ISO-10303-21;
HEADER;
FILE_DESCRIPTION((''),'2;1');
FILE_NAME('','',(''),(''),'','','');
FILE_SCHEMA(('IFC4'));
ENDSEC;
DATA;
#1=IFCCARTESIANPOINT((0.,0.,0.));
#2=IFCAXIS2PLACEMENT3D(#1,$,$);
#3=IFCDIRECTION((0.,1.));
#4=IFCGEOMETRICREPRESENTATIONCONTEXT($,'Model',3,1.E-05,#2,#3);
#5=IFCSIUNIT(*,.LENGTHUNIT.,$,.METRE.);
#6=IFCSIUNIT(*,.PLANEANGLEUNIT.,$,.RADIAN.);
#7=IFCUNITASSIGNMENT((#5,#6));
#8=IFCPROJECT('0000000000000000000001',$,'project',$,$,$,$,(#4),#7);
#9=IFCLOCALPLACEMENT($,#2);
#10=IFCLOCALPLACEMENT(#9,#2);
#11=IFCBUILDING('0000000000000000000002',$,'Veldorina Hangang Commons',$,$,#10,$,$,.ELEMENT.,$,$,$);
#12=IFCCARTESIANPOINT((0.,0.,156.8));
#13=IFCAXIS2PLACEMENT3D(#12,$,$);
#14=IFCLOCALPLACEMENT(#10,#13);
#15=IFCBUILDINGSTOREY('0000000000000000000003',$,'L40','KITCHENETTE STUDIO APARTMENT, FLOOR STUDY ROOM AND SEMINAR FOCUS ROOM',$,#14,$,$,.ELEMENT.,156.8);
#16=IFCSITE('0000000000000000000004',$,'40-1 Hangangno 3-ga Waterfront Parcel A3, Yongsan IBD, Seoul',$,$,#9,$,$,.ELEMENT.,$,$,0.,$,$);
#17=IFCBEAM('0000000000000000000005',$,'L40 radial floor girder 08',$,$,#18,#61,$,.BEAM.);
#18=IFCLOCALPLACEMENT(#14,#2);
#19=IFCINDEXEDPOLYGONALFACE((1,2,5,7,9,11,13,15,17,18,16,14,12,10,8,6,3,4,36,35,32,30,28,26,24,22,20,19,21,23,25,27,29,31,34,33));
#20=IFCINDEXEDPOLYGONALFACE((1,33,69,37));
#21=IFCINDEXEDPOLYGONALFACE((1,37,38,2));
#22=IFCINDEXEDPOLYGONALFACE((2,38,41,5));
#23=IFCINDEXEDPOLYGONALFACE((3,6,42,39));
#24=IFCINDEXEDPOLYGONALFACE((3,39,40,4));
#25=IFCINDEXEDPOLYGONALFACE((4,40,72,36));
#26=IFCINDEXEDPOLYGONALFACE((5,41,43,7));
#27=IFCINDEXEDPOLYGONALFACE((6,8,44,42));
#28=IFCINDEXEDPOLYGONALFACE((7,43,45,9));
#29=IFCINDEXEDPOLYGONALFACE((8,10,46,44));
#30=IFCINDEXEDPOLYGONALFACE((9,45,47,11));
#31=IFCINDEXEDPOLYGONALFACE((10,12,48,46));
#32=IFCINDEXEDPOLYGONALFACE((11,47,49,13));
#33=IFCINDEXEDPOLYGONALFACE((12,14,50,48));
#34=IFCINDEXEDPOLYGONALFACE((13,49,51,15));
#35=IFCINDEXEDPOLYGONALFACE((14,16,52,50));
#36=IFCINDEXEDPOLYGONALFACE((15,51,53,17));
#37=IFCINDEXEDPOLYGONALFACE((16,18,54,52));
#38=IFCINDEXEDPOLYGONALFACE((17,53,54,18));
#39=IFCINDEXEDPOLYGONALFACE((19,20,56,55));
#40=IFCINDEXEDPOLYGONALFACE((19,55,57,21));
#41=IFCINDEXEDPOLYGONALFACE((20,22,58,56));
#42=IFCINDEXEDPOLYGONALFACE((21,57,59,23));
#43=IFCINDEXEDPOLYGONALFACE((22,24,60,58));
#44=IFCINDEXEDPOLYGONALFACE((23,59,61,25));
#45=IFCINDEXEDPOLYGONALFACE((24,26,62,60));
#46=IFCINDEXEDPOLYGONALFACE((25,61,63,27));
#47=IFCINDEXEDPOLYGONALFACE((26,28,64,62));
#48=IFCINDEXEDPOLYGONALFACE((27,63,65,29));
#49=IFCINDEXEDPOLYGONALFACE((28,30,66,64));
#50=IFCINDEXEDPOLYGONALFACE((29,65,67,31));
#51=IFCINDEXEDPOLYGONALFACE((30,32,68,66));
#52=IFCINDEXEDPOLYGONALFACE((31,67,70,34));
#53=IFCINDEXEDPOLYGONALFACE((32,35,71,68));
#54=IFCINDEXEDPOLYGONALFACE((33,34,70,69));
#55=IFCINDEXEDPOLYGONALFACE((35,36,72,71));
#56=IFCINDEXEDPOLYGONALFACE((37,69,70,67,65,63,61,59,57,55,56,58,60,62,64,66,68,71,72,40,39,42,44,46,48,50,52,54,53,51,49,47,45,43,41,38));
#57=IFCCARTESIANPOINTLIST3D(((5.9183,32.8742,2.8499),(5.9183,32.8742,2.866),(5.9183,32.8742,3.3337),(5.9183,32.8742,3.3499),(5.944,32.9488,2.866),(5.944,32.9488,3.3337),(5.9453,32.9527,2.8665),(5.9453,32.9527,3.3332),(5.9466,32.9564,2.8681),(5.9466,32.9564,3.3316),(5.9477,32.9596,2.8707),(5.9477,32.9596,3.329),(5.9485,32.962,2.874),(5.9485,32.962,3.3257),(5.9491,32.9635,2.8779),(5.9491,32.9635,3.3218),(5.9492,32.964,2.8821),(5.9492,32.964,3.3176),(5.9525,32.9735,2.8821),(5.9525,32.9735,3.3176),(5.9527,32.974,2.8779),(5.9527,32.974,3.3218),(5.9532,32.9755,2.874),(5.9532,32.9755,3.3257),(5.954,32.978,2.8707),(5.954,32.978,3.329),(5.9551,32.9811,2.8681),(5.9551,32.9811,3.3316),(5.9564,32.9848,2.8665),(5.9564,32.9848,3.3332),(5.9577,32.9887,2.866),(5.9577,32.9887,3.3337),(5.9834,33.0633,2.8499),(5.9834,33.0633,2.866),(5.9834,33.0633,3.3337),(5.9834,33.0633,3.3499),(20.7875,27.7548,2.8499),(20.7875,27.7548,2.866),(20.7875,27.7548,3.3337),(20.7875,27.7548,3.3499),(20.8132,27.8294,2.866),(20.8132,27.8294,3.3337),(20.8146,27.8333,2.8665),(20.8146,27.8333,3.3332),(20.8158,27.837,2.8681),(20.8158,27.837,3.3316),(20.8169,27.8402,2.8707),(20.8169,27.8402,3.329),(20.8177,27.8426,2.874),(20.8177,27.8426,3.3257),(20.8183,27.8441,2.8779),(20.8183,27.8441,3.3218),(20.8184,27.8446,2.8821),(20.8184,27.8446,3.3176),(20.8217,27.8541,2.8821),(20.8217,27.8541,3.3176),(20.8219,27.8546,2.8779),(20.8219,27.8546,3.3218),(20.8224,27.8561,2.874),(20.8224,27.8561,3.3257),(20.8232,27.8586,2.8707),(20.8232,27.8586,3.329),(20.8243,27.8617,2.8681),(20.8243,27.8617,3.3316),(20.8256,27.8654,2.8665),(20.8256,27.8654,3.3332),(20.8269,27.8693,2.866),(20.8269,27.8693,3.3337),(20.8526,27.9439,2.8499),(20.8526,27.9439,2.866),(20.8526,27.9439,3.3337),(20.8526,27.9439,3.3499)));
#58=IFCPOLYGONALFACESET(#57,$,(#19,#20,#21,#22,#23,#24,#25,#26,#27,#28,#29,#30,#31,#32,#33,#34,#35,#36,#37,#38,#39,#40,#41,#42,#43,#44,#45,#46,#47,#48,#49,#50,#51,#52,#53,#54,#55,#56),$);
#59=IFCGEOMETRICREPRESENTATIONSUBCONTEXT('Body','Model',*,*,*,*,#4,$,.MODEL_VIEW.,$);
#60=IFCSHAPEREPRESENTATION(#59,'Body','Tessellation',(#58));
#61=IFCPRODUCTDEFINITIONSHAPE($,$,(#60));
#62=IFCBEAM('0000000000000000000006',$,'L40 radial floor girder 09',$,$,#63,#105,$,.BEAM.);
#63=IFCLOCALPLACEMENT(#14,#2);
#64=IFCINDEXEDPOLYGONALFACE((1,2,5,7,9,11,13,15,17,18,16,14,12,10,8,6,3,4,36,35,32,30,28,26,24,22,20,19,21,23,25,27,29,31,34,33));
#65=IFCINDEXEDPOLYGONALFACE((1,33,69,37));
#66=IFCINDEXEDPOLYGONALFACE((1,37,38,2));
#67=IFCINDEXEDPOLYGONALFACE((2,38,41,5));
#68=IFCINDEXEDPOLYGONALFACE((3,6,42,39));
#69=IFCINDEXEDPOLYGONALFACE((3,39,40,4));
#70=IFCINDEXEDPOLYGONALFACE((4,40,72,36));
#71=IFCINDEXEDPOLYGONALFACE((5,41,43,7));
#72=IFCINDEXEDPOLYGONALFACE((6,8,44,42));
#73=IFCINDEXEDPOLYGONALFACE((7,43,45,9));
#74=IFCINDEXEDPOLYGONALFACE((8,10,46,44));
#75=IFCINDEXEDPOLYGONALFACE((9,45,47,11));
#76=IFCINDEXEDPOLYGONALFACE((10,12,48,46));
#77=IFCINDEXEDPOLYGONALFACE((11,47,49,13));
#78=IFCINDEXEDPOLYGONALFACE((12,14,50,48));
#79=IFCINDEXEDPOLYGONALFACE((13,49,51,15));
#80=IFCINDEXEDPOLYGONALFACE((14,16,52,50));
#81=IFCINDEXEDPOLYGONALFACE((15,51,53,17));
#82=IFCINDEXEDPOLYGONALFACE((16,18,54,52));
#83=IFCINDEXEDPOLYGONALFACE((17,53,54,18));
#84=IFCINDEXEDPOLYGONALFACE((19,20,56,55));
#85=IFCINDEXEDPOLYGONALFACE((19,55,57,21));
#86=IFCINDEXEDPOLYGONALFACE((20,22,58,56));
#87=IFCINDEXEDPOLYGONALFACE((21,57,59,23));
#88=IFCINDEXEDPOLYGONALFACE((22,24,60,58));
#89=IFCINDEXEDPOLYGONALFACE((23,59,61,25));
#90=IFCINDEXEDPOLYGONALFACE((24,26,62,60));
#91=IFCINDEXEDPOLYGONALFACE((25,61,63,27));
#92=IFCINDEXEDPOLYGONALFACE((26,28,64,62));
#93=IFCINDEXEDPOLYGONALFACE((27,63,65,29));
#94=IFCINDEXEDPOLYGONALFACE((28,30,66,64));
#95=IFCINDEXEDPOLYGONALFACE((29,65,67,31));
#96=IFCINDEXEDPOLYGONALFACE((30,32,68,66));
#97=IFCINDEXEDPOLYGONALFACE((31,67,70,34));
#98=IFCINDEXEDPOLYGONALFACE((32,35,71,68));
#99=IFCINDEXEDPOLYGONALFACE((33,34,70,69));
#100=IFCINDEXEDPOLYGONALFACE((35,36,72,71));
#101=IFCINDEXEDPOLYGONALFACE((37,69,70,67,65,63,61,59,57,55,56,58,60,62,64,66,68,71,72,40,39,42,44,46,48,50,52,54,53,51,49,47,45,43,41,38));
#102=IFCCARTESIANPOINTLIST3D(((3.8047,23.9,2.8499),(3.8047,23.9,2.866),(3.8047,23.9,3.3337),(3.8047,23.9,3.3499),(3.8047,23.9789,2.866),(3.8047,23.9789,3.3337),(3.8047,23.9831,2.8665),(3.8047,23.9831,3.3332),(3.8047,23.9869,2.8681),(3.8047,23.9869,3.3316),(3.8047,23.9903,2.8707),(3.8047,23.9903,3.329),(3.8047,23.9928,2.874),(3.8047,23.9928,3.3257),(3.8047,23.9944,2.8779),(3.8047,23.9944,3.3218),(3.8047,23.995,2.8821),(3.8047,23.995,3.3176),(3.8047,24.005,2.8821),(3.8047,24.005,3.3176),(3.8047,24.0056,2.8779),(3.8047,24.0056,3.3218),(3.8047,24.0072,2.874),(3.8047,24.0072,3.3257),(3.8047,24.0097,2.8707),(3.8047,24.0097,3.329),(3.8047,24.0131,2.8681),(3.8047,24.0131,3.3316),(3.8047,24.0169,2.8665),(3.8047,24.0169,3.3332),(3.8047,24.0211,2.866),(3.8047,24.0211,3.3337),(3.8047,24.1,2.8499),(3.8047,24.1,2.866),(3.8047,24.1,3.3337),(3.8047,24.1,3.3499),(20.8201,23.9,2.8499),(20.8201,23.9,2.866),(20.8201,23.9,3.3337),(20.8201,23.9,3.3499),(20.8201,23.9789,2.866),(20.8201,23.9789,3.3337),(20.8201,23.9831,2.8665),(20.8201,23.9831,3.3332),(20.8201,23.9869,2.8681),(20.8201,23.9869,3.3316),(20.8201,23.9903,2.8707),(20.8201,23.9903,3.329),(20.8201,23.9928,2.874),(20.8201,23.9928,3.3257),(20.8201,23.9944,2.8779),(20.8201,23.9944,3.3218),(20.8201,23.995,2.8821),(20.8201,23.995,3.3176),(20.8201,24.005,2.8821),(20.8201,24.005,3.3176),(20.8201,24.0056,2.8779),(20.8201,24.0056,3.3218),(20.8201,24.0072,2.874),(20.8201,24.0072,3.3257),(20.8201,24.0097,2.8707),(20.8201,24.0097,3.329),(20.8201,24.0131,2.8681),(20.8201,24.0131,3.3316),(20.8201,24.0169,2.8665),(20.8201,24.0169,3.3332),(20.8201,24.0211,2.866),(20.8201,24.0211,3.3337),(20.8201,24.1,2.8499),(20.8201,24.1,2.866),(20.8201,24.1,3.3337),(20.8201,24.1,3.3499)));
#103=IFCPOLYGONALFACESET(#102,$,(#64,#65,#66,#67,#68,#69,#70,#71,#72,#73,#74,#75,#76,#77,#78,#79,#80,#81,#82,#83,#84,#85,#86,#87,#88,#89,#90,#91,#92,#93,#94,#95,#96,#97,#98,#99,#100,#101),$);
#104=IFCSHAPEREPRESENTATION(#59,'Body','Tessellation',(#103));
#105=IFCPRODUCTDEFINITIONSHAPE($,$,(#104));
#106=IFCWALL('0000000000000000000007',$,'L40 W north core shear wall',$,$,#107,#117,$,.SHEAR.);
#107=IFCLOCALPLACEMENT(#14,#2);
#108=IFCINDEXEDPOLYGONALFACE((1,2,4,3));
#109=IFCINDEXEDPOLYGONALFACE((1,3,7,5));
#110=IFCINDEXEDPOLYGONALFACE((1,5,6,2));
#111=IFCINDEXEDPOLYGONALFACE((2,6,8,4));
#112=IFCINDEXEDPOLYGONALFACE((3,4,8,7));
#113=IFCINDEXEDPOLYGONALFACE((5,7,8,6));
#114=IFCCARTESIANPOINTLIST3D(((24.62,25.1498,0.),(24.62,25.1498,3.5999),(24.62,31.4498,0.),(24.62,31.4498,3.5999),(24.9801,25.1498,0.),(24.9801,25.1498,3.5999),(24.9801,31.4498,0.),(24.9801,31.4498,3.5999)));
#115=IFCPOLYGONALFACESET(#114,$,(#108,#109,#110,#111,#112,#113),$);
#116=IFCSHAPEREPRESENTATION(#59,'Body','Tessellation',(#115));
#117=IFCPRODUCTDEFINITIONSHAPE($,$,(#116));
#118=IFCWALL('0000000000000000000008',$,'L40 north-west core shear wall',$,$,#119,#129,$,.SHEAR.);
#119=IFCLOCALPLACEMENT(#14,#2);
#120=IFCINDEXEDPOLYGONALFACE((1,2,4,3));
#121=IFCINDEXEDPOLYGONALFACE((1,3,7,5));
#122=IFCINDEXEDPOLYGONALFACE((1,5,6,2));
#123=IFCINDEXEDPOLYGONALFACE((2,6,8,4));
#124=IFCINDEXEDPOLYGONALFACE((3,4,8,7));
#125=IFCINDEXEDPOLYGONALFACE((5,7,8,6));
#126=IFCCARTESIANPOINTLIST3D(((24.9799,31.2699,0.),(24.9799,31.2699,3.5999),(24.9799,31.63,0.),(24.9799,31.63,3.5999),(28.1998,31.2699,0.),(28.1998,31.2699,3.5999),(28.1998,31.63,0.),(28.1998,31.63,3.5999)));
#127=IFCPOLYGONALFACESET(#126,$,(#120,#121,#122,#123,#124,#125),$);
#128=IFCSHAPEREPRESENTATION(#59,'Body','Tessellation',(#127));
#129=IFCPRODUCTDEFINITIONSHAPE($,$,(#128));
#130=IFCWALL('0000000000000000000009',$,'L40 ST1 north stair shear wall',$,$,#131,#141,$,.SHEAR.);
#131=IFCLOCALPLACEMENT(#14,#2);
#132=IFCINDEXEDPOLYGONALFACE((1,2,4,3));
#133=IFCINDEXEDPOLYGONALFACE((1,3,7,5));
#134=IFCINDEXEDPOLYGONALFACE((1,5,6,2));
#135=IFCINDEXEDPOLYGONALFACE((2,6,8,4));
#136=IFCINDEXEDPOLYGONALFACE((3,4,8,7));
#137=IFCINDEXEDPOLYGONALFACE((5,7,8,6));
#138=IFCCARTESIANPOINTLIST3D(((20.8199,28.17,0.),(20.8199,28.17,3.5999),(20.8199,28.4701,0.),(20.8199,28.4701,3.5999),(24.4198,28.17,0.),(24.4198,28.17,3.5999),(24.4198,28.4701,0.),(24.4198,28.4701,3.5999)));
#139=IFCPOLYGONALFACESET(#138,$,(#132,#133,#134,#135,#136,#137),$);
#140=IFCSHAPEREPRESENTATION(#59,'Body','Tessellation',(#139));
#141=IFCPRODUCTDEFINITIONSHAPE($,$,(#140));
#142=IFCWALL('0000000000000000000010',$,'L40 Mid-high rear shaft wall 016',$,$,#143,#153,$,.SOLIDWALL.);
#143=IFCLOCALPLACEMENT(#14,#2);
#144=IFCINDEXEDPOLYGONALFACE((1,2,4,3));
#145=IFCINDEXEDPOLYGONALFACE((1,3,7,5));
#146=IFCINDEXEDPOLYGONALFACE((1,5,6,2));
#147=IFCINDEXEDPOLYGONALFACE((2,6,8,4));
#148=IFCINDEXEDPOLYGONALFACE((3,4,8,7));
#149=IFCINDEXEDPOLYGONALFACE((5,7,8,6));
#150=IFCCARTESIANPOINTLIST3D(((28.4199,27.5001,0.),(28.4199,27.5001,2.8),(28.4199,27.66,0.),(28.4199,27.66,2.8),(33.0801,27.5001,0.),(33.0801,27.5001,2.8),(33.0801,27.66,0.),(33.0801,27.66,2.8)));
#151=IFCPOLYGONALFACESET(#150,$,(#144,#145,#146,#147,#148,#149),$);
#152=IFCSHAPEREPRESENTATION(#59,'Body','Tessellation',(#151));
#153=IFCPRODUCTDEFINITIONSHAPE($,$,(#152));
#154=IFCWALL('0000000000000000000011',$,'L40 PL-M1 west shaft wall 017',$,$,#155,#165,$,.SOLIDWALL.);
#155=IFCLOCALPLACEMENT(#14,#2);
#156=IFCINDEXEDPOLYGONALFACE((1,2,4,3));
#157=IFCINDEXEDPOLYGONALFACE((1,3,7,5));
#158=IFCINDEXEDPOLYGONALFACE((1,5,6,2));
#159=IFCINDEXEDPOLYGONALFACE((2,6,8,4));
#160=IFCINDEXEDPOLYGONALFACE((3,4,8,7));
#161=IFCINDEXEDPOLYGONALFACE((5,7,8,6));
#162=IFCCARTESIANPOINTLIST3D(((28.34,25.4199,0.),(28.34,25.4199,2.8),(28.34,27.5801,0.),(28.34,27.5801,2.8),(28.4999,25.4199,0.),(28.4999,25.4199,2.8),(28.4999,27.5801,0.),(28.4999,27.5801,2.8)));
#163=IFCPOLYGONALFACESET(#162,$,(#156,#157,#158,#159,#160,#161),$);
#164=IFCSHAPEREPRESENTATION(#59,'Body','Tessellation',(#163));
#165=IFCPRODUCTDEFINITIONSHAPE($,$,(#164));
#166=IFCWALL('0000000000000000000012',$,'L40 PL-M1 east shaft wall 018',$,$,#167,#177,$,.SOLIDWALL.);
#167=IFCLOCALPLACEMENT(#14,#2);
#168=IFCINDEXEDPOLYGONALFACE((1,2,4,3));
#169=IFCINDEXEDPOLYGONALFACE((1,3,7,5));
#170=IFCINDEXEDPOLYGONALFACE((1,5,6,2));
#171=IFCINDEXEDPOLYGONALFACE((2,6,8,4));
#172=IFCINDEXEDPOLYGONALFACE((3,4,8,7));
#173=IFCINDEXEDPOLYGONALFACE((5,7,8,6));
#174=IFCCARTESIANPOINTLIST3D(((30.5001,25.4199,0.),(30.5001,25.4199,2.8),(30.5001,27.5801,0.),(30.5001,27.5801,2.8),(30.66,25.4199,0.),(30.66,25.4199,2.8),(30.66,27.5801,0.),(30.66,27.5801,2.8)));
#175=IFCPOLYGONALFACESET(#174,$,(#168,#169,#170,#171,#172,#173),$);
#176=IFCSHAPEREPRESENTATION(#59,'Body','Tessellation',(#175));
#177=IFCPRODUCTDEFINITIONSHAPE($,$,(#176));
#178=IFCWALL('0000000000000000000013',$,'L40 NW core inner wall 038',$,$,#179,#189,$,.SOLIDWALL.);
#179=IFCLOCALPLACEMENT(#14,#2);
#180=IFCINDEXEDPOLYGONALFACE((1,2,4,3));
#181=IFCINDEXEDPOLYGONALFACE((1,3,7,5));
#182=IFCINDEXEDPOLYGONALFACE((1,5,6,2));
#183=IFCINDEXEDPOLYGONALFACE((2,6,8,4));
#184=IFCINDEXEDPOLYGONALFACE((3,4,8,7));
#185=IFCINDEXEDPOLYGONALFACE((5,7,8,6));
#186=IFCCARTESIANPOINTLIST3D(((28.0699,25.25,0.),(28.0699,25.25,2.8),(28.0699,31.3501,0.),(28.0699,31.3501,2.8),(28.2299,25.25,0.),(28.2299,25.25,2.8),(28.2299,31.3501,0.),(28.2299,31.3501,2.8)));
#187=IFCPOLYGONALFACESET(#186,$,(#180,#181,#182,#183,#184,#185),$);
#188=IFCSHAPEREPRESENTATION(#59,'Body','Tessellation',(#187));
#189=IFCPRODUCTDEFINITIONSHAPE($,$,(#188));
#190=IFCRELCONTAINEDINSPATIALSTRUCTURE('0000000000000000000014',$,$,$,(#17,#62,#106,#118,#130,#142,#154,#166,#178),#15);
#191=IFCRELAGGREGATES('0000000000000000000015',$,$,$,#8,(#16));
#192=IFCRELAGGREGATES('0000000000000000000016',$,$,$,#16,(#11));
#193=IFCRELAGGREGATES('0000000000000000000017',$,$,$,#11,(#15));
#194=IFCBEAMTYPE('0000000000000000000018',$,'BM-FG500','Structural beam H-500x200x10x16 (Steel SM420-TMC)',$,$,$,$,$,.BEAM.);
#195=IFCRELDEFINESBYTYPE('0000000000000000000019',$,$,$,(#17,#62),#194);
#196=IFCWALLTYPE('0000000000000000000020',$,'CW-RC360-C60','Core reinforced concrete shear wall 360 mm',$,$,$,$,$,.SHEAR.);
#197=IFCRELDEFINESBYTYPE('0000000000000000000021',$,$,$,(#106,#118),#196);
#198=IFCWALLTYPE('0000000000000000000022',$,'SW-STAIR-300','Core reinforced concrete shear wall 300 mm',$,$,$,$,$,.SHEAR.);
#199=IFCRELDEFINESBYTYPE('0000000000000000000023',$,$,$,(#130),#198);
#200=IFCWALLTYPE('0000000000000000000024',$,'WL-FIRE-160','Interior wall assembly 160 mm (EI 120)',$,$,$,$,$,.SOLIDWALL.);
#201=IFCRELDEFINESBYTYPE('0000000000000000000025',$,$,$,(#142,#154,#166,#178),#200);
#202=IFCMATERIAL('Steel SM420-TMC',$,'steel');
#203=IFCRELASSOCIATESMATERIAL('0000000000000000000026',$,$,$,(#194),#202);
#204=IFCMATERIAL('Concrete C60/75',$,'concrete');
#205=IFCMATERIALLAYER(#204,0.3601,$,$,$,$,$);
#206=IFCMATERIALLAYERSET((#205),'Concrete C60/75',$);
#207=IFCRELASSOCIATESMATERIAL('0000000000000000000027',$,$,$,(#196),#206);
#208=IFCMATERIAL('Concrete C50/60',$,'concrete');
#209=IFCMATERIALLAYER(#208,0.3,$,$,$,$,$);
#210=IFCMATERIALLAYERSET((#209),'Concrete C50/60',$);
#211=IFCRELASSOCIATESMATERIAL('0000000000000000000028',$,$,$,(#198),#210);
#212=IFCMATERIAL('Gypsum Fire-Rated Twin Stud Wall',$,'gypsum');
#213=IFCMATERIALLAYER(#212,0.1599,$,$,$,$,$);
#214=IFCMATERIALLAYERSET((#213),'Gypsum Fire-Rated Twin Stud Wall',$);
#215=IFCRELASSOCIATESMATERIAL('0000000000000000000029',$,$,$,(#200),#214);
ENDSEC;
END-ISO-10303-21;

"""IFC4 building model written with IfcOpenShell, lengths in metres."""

from ifc_helpers import new_model, si_unit, direction, frame, frame_2d, origin, origin_2d, place, context, subcontext, project, spatial, rectangle, i_section, extrude, material, layer, layer_set, material_profile, profile_set, type_object, element, save


model = new_model("IFC4")

# Units and contexts
model_context = context("Model", 3, precision=1e-05, world=origin(), true_north=direction((0.0, 1.0)))
body_context = subcontext(model_context, "Body", "Model", "MODEL_VIEW")
ifc_project = project(units=[si_unit("LENGTHUNIT", "METRE"), si_unit("PLANEANGLEUNIT", "RADIAN")], contexts=[model_context])

# Site, building, storey
site_placement = place(None, origin())
site = spatial("IfcSite", under=ifc_project, at=site_placement, Name="40-1 Hangangno 3-ga Waterfront Parcel A3, Yongsan IBD, Seoul", CompositionType="ELEMENT", RefElevation=0.0)
building_placement = place(site_placement, origin())
building = spatial("IfcBuilding", under=site, at=building_placement, Name="Veldorina Hangang Commons", CompositionType="ELEMENT")
storey_placement = place(building_placement, frame((0.0, 0.0, 156.8)))
storey = spatial("IfcBuildingStorey", under=building, at=storey_placement, Name="L40", Description="KITCHENETTE STUDIO APARTMENT, FLOOR STUDY ROOM AND SEMINAR FOCUS ROOM", CompositionType="ELEMENT", Elevation=156.8)

# Beams
ifc_material_1 = material(Name="Concrete C60/75", Category="concrete")
ifc_material_2 = material(Name="Steel SM420-TMC", Category="steel")
ifc_material_profile_1 = material_profile(ifc_material_2, i_section(OverallWidth=0.2, OverallDepth=0.5, WebThickness=0.01, FlangeThickness=0.0161, FilletRadius=0.0161, at=origin_2d()), Name="H-500x200x10x16")
ifc_profile_set_1 = profile_set([ifc_material_profile_1], Name="Steel SM420-TMC")
beam_type_1 = type_object("IfcBeamType", Name="BM-FG500", Description="Structural beam H-500x200x10x16 (Steel SM420-TMC)", PredefinedType="BEAM", material=ifc_profile_set_1)
beam_1_placement = place(storey_placement, frame((20.8201, 27.8494, 3.0999), z_axis=(-0.945528, 0.325541, 0.0), x_axis=(-0.325541, -0.945528, 0.0)))
element("IfcBeam", 1, at=beam_1_placement, inside=storey, type_object=beam_type_1, Name="L40 radial floor girder 08", PredefinedType="BEAM", context=body_context, shape_type="SweptSolid", body=[
    extrude(i_section(OverallWidth=0.2, OverallDepth=0.5, WebThickness=0.01, FlangeThickness=0.0161, FilletRadius=0.0161, at=origin_2d()), origin(), (0.0, 0.0, 1.0), 15.7258),
])
beam_2_placement = place(storey_placement, frame((20.8201, 24.0, 3.0999), z_axis=(-1.0, 0.0, 0.0), x_axis=(0.0, -1.0, 0.0)))
element("IfcBeam", 2, at=beam_2_placement, inside=storey, type_object=beam_type_1, Name="L40 radial floor girder 09", PredefinedType="BEAM", context=body_context, shape_type="SweptSolid", body=[
    extrude(i_section(OverallWidth=0.2, OverallDepth=0.5, WebThickness=0.01, FlangeThickness=0.0161, FilletRadius=0.0161, at=origin_2d()), origin(), (0.0, 0.0, 1.0), 17.0154),
])

# Walls
ifc_layer_1 = layer(ifc_material_1, 0.3601)
ifc_layer_set_1 = layer_set([ifc_layer_1], Name="Concrete C60/75")
wall_type_1 = type_object("IfcWallType", Name="CW-RC360-C60", Description="Core reinforced concrete shear wall 360 mm", PredefinedType="SHEAR", material=ifc_layer_set_1)
wall_1_placement = place(storey_placement, frame((24.8, 25.1499, 0.0), z_axis=(0.0, 0.0, 1.0), x_axis=(0.0, 1.0, 0.0)))
element("IfcWall", 3, at=wall_1_placement, inside=storey, type_object=wall_type_1, Name="L40 W north core shear wall", PredefinedType="SHEAR", context=body_context, shape_type="SweptSolid", body=[
    extrude(rectangle(XDim=6.3, YDim=0.3601, at=frame_2d((3.1499, 0.0))), origin(), (0.0, 0.0, 1.0), 3.5999),
])
wall_2_placement = place(storey_placement, frame((24.98, 31.45, 0.0), z_axis=(0.0, 0.0, 1.0), x_axis=(1.0, 0.0, 0.0)))
element("IfcWall", 4, at=wall_2_placement, inside=storey, type_object=wall_type_1, Name="L40 north-west core shear wall", PredefinedType="SHEAR", context=body_context, shape_type="SweptSolid", body=[
    extrude(rectangle(XDim=3.22, YDim=0.3601, at=frame_2d((1.6099, 0.0))), origin(), (0.0, 0.0, 1.0), 3.5999),
])
ifc_material_3 = material(Name="Concrete C50/60", Category="concrete")
ifc_layer_2 = layer(ifc_material_3, 0.3)
ifc_layer_set_2 = layer_set([ifc_layer_2], Name="Concrete C50/60")
wall_type_2 = type_object("IfcWallType", Name="SW-STAIR-300", Description="Core reinforced concrete shear wall 300 mm", PredefinedType="SHEAR", material=ifc_layer_set_2)
wall_3_placement = place(storey_placement, frame((20.8201, 28.3201, 0.0), z_axis=(0.0, 0.0, 1.0), x_axis=(1.0, 0.0, 0.0)))
element("IfcWall", 5, at=wall_3_placement, inside=storey, type_object=wall_type_2, Name="L40 ST1 north stair shear wall", PredefinedType="SHEAR", context=body_context, shape_type="SweptSolid", body=[
    extrude(rectangle(XDim=3.5999, YDim=0.3, at=frame_2d((1.7998, 0.0))), origin(), (0.0, 0.0, 1.0), 3.5999),
])

# Shared definitions
ifc_material_4 = material(Name="Gypsum Fire-Rated Twin Stud Wall", Category="gypsum")
ifc_layer_3 = layer(ifc_material_4, 0.1599)
ifc_layer_set_3 = layer_set([ifc_layer_3], Name="Gypsum Fire-Rated Twin Stud Wall")
wall_type_3 = type_object("IfcWallType", Name="WL-FIRE-160", Description="Interior wall assembly 160 mm (EI 120)", PredefinedType="SOLIDWALL", material=ifc_layer_set_3)

# Walls
wall_4_placement = place(storey_placement, frame((28.4199, 27.5801, 0.0), z_axis=(0.0, 0.0, 1.0), x_axis=(1.0, 0.0, 0.0)))
element("IfcWall", 6, at=wall_4_placement, inside=storey, type_object=wall_type_3, Name="L40 Mid-high rear shaft wall 016", PredefinedType="SOLIDWALL", context=body_context, shape_type="SweptSolid", body=[
    extrude(rectangle(XDim=4.6602, YDim=0.1599, at=frame_2d((2.3301, 0.0))), origin(), (0.0, 0.0, 1.0), 2.8),
])
for number, where, z_axis, x_axis, name in (
    (7, (28.4199, 25.4199, 0.0), (0.0, 0.0, 1.0), (0.0, 1.0, 0.0), "L40 PL-M1 west shaft wall 017"),
    (8, (30.5801, 25.4199, 0.0), (0.0, 0.0, 1.0), (0.0, 1.0, 0.0), "L40 PL-M1 east shaft wall 018"),
):
    element("IfcWall", number, at=place(storey_placement, frame(where, z_axis=z_axis, x_axis=x_axis)), inside=storey, type_object=wall_type_3, Name=name, PredefinedType="SOLIDWALL", context=body_context, shape_type="SweptSolid", body=[
        extrude(rectangle(XDim=2.1602, YDim=0.1599, at=frame_2d((1.0801, 0.0))), origin(), (0.0, 0.0, 1.0), 2.8),
    ])
wall_5_placement = place(storey_placement, frame((28.1499, 25.25, 0.0), z_axis=(0.0, 0.0, 1.0), x_axis=(0.0, 1.0, 0.0)))
element("IfcWall", 9, at=wall_5_placement, inside=storey, type_object=wall_type_3, Name="L40 NW core inner wall 038", PredefinedType="SOLIDWALL", context=body_context, shape_type="SweptSolid", body=[
    extrude(rectangle(XDim=6.1001, YDim=0.1599, at=frame_2d((3.05, 0.0))), origin(), (0.0, 0.0, 1.0), 2.8),
])

save(model, "model.ifc")
